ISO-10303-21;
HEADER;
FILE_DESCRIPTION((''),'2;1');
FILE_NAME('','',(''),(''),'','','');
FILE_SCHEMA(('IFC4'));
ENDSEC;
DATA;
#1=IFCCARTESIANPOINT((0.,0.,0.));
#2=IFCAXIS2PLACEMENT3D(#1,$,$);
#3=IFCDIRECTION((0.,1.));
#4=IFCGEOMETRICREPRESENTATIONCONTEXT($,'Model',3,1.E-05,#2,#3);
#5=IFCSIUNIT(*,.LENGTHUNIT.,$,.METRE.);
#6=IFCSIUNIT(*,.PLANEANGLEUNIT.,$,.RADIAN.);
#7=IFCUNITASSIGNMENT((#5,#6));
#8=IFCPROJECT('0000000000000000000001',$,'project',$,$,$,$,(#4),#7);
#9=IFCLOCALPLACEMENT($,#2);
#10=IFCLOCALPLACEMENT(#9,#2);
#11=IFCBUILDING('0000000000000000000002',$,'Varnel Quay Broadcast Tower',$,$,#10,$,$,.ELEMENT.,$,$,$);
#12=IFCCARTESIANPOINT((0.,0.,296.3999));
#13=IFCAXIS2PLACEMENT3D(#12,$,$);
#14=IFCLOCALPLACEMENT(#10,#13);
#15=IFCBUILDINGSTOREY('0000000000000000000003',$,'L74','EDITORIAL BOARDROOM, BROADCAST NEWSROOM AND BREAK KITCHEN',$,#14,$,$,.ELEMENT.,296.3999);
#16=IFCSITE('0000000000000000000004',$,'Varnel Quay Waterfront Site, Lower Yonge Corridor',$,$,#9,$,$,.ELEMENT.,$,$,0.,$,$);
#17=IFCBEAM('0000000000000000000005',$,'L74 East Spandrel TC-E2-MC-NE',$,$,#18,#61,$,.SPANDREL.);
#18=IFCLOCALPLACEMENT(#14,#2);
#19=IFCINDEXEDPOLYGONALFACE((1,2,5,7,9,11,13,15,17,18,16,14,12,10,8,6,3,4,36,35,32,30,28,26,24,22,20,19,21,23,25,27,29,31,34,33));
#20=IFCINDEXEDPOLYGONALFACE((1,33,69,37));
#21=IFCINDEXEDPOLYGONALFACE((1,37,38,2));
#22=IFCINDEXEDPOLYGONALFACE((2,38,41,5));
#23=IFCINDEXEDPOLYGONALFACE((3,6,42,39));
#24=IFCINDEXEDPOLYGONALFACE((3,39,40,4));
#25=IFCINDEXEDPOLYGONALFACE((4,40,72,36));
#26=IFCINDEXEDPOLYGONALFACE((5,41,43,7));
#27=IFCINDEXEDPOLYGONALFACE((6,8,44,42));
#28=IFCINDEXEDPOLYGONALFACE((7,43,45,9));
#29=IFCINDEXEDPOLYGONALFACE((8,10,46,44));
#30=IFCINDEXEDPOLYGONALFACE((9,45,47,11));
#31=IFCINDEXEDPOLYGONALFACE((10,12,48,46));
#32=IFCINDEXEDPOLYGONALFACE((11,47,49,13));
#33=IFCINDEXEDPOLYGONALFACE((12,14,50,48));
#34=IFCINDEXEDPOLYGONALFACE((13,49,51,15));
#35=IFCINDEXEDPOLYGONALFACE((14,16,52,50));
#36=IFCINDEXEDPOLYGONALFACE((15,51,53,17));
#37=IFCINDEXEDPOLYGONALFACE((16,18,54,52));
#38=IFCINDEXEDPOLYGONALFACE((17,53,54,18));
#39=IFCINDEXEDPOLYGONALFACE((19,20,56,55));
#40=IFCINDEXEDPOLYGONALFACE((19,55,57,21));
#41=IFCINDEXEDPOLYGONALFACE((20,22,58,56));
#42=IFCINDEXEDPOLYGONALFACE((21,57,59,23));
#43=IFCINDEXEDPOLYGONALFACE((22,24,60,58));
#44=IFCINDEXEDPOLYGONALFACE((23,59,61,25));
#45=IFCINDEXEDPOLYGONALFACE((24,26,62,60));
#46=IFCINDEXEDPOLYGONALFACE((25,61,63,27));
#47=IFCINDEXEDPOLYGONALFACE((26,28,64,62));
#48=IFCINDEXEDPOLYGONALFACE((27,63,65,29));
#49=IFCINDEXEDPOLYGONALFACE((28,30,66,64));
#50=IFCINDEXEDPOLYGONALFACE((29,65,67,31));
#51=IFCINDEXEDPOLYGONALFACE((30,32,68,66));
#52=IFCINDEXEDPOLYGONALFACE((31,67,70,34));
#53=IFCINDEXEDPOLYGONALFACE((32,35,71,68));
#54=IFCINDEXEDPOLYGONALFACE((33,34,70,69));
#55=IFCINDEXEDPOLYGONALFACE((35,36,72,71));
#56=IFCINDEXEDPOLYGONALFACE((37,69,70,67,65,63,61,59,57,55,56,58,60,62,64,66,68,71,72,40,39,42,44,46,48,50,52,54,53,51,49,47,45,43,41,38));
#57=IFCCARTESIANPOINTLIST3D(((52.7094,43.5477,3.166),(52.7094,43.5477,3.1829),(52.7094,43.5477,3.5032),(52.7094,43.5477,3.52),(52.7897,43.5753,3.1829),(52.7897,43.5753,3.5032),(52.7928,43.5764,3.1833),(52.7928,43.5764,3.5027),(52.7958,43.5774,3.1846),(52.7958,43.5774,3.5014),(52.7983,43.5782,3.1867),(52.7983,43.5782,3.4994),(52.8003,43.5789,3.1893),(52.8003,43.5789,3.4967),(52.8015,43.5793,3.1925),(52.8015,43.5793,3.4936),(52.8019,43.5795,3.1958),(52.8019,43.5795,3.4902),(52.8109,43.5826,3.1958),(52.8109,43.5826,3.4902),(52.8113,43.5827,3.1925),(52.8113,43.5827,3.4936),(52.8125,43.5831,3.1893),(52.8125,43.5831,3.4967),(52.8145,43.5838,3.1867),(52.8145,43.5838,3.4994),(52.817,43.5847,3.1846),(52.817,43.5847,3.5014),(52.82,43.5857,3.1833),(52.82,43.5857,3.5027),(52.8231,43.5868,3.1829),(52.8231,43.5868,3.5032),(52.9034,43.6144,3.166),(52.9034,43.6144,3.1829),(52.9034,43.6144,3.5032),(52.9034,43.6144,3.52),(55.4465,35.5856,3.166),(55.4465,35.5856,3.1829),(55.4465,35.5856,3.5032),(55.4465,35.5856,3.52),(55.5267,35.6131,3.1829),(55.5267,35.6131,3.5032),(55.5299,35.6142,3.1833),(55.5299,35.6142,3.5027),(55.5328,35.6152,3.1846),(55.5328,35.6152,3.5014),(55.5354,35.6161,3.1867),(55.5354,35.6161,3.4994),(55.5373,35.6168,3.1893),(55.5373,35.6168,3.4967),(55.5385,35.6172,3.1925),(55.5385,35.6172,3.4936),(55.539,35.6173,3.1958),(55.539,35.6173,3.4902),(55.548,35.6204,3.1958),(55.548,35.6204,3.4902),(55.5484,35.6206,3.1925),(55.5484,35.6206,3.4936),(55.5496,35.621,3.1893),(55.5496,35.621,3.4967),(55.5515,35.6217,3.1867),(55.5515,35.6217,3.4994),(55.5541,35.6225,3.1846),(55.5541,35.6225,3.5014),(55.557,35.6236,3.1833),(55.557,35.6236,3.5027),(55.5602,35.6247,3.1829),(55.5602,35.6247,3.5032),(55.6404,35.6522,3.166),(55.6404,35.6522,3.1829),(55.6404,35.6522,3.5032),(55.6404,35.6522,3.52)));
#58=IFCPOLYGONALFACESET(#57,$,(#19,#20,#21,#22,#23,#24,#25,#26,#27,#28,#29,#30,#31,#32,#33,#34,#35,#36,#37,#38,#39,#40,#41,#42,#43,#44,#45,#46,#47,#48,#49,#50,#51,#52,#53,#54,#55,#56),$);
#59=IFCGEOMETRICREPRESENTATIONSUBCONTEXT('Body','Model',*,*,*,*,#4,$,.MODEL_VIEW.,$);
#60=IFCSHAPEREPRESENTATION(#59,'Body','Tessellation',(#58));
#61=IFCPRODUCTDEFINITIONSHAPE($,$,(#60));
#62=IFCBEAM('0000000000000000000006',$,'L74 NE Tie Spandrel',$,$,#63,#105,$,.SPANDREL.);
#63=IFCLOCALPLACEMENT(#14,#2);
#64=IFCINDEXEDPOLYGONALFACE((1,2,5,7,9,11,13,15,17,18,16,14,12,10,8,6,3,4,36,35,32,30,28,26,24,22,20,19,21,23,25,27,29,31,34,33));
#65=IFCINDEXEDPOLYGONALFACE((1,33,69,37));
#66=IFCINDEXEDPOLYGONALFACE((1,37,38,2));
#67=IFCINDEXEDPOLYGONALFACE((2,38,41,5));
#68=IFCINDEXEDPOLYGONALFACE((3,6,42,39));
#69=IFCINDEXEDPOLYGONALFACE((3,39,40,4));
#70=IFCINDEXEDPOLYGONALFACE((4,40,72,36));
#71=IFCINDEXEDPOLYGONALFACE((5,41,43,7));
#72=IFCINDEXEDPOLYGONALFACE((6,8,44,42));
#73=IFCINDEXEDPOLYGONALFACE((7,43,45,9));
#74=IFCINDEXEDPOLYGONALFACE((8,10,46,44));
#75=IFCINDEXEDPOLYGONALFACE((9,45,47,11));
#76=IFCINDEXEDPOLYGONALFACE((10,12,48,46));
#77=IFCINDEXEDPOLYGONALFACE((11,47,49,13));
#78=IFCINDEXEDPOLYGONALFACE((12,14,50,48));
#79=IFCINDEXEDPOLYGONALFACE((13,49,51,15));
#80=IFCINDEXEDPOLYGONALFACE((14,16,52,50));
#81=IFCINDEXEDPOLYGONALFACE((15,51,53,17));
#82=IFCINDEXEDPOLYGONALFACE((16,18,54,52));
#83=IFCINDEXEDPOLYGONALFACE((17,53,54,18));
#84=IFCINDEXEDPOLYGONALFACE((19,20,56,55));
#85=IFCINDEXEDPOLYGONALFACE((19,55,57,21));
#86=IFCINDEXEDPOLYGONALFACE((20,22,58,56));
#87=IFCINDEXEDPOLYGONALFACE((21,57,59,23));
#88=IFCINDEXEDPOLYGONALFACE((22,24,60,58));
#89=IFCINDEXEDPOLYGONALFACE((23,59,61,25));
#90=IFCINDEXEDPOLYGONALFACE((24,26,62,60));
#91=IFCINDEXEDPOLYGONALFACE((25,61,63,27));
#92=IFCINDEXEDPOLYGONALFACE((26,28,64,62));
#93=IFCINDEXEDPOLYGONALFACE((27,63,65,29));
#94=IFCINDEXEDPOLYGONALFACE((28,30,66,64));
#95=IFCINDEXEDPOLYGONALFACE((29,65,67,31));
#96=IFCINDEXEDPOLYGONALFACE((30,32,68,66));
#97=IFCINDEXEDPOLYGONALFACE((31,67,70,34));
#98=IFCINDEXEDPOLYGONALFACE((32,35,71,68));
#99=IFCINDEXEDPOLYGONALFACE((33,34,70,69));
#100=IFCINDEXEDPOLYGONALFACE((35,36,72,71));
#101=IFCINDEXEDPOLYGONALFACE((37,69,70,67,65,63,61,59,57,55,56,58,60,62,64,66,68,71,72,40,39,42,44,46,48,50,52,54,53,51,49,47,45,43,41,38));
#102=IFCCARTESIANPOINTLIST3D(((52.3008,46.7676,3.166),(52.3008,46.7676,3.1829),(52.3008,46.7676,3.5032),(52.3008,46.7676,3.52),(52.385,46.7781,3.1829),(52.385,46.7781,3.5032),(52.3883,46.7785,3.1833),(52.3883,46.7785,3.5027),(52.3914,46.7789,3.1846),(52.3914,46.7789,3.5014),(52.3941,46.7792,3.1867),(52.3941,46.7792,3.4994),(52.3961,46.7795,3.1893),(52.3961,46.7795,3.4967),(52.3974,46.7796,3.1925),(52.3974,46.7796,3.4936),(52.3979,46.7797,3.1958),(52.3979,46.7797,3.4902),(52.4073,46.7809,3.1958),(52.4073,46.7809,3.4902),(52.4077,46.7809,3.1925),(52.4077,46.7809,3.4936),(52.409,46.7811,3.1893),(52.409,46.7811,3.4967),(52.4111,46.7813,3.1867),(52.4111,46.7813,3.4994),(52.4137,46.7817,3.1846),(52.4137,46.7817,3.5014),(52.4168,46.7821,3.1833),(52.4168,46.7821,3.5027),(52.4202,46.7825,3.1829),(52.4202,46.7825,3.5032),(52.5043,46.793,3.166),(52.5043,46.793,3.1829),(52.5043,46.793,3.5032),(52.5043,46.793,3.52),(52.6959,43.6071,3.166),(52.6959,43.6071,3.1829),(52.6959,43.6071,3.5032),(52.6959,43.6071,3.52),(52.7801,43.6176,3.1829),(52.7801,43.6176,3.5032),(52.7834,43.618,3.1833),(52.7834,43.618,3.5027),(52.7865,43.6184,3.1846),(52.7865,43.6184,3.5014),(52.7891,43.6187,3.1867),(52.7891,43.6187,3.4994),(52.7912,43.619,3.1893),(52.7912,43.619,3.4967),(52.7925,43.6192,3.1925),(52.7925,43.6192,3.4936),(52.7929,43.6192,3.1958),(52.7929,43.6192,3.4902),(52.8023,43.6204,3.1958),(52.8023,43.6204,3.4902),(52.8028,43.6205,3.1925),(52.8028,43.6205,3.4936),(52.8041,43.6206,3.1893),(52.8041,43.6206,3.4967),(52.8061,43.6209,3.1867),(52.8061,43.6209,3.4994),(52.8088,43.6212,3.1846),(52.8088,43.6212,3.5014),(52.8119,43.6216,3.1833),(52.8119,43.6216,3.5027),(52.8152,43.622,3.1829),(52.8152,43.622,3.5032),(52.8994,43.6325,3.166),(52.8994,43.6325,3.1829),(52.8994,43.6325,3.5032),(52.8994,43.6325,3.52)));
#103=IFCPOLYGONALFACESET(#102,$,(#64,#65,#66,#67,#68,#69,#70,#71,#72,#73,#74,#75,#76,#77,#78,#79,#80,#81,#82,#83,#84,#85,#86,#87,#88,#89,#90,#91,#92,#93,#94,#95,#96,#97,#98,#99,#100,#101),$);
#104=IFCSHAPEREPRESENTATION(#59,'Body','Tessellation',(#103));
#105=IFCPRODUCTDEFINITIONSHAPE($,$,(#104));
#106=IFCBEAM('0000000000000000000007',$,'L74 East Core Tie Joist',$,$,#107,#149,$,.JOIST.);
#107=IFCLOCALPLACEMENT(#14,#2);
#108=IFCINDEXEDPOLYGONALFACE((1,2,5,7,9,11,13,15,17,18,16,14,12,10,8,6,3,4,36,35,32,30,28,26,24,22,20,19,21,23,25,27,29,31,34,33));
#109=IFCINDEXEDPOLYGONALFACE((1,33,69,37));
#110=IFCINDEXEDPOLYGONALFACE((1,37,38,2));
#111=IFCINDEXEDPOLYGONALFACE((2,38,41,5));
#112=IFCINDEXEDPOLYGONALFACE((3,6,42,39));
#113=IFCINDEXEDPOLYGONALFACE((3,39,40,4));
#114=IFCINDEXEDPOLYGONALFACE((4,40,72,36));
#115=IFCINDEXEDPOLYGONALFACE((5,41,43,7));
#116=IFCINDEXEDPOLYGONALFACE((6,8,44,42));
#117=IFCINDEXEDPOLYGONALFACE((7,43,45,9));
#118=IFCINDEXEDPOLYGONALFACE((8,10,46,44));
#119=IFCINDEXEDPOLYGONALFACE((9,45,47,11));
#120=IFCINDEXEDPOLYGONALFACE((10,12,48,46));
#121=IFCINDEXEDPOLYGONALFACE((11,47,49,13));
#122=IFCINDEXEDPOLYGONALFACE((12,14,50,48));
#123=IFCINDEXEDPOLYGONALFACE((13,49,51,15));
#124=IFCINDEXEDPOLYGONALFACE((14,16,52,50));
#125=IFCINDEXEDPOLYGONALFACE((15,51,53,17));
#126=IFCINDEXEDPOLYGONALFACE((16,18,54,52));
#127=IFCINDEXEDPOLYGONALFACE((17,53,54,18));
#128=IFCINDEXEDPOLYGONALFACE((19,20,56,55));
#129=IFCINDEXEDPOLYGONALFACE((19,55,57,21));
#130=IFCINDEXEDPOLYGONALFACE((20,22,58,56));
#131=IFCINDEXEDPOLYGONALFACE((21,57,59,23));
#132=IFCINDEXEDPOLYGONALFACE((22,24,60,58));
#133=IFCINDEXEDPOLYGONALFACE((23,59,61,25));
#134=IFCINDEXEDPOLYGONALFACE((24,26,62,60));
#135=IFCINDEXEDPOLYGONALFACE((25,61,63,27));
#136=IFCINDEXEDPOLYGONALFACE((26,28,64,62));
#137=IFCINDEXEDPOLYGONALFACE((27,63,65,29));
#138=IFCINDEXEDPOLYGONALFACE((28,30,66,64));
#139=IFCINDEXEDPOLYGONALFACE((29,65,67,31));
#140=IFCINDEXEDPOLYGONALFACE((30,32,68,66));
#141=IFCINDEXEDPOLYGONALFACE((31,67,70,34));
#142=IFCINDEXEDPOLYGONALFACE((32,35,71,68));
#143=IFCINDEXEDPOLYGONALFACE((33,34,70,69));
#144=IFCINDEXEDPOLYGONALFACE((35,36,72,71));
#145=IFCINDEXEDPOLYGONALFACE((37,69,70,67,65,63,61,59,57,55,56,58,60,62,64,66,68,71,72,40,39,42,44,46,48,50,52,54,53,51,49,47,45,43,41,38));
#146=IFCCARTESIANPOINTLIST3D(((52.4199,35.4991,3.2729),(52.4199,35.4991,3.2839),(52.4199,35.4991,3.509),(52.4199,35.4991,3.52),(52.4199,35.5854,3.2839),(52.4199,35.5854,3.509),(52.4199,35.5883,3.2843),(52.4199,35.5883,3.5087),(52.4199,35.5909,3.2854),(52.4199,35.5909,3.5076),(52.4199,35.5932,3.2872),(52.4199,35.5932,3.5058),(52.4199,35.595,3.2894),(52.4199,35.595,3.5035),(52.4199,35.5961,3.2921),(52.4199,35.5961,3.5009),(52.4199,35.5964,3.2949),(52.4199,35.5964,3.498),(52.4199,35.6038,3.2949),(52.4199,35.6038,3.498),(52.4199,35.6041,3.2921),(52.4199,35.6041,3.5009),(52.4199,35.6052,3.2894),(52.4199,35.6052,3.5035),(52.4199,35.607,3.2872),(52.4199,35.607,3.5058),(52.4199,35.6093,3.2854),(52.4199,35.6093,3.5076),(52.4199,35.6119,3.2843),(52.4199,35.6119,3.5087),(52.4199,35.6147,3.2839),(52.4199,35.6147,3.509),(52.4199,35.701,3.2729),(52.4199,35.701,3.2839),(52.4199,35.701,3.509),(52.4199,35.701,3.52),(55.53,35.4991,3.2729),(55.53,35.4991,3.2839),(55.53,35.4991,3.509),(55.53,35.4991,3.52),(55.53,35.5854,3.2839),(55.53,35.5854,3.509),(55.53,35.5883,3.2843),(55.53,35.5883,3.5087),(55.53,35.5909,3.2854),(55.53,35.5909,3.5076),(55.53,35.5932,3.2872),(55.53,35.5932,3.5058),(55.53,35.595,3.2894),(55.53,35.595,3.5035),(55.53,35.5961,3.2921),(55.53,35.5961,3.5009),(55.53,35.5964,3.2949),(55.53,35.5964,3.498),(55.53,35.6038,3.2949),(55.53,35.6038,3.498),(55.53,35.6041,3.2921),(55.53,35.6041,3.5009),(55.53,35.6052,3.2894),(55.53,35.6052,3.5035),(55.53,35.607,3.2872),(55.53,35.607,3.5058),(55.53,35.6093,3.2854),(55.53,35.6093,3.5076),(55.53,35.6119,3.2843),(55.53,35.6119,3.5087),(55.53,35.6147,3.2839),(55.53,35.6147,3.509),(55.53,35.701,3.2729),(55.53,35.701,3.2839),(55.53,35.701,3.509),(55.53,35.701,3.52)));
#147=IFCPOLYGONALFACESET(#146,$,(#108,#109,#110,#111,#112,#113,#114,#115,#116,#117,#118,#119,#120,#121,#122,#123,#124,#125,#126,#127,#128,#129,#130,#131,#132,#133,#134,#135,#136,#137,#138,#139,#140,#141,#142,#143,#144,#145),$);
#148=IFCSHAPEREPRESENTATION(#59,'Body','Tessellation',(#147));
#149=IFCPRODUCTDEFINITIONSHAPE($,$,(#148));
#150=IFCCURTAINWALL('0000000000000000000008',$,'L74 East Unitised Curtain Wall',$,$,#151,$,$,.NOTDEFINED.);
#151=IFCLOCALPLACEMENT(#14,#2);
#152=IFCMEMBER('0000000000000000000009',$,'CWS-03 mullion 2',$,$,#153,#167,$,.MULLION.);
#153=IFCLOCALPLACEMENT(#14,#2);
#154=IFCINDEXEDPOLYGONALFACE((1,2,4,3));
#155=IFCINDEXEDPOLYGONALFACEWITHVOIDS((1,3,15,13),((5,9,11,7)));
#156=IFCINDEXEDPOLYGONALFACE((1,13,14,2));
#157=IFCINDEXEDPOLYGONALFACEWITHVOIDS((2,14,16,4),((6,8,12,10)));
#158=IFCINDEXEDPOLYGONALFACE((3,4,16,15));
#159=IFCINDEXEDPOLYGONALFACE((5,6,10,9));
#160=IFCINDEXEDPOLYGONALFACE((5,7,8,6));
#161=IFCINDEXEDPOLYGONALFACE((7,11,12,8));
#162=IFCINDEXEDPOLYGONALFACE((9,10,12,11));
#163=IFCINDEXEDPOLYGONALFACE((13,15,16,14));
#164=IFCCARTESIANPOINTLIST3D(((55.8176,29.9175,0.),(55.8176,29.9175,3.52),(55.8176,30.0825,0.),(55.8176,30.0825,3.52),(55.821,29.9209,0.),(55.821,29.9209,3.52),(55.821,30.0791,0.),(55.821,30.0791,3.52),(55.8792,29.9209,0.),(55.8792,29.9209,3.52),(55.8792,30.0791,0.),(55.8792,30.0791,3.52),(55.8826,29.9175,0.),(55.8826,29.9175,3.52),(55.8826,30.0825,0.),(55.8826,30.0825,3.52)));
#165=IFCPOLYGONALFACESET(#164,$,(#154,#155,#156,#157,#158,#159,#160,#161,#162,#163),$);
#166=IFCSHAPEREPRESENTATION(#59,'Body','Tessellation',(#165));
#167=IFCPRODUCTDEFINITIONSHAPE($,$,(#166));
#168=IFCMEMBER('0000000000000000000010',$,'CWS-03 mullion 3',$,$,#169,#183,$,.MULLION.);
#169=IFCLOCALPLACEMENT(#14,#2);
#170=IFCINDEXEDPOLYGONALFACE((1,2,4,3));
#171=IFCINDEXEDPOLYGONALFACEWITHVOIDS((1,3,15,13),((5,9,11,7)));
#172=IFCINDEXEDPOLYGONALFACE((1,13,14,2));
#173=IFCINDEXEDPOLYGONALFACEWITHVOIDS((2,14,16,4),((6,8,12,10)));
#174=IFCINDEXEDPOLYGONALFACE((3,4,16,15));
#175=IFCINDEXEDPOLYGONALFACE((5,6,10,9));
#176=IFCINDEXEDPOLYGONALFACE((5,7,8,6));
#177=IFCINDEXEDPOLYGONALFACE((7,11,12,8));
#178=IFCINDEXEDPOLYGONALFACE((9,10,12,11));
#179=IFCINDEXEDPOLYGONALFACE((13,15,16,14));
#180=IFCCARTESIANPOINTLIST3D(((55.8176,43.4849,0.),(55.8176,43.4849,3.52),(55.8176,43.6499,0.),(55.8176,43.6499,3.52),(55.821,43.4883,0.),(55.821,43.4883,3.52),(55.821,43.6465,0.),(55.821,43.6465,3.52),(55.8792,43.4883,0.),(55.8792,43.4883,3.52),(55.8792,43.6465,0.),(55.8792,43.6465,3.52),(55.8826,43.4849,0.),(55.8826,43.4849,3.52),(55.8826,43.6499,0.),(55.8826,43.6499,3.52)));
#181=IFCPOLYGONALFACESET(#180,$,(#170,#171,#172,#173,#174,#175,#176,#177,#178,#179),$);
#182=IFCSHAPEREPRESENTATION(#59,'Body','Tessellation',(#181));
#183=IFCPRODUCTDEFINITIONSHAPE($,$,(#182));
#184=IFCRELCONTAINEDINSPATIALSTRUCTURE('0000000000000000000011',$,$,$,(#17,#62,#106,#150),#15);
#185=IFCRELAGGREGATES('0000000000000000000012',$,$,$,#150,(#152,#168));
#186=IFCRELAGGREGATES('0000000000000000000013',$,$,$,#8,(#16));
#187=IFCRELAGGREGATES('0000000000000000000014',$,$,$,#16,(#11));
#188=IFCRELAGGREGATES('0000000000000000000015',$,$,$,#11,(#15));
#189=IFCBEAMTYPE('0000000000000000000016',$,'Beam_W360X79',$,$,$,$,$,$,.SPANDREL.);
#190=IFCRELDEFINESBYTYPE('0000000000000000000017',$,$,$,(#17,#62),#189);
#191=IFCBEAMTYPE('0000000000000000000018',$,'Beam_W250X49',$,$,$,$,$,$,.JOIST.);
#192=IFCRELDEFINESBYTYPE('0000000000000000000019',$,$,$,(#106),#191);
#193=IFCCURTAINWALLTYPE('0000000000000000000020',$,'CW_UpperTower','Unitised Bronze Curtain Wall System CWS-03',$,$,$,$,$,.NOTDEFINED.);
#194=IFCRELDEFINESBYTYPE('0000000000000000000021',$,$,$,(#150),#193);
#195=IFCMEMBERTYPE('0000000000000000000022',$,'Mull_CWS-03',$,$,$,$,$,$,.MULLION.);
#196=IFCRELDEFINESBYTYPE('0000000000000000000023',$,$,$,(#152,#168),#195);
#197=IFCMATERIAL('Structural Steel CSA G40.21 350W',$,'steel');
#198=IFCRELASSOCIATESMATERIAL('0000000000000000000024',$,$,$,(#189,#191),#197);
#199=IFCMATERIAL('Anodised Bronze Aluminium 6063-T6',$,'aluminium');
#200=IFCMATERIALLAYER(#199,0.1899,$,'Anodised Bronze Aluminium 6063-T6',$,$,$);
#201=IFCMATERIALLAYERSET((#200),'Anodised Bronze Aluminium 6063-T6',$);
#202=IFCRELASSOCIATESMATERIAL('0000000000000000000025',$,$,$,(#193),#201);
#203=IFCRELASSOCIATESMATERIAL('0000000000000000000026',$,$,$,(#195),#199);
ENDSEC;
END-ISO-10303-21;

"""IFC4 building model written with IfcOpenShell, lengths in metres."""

from ifc_helpers import new_model, si_unit, direction, frame, origin, origin_2d, place, context, subcontext, project, spatial, hollow_rectangle, i_section, extrude, source, transform, mapped, material, layer, layer_set, material_profile, profile_set, type_object, type_shapes, element, aggregate, save


model = new_model("IFC4")

# Units and contexts
model_context = context("Model", 3, precision=1e-05, world=origin(), true_north=direction((0.0, 1.0)))
body_context = subcontext(model_context, "Body", "Model", "MODEL_VIEW")
ifc_project = project(units=[si_unit("LENGTHUNIT", "METRE"), si_unit("PLANEANGLEUNIT", "RADIAN")], contexts=[model_context])

# Site, building, storey
site_placement = place(None, origin())
site = spatial("IfcSite", under=ifc_project, at=site_placement, Name="Varnel Quay Waterfront Site, Lower Yonge Corridor", CompositionType="ELEMENT", RefElevation=0.0)
building_placement = place(site_placement, origin())
building = spatial("IfcBuilding", under=site, at=building_placement, Name="Varnel Quay Broadcast Tower", CompositionType="ELEMENT")
storey_placement = place(building_placement, frame((0.0, 0.0, 296.3999)))
storey = spatial("IfcBuildingStorey", under=building, at=storey_placement, Name="L74", Description="EDITORIAL BOARDROOM, BROADCAST NEWSROOM AND BREAK KITCHEN", CompositionType="ELEMENT", Elevation=296.3999)

# Shared definitions
ifc_material_1 = material(Name="Structural Steel CSA G40.21 350W", Category="steel")

# Beams
ifc_material_profile_1 = material_profile(ifc_material_1, i_section(OverallWidth=0.2051, OverallDepth=0.354, WebThickness=0.0095, FlangeThickness=0.0168, FilletRadius=0.0129, at=origin_2d()), Name="W360X79")
ifc_profile_set_1 = profile_set([ifc_material_profile_1], Name="Structural Steel CSA G40.21 350W")
beam_type_1 = type_object("IfcBeamType", Name="Beam_W360X79", PredefinedType="SPANDREL", material=ifc_profile_set_1)
shared_shape_1 = source(origin(), body_context, "Body", "SweptSolid", [
    extrude(i_section(OverallWidth=0.2051, OverallDepth=0.354, WebThickness=0.0095, FlangeThickness=0.0168, FilletRadius=0.0129, at=origin_2d()), origin(), (0.0, 0.0, 1.0), 8.4194),
])
beam_1_placement = place(storey_placement, frame((55.5435, 35.6189, 3.343), z_axis=(-0.325087, 0.945684, 0.0), x_axis=(-0.945684, -0.325087, 0.0)))
element("IfcBeam", 1, at=beam_1_placement, inside=storey, type_object=beam_type_1, Name="L74 East Spandrel TC-E2-MC-NE", PredefinedType="SPANDREL", context=body_context, shape_type="MappedRepresentation", body=[
    mapped(shared_shape_1, transform((0.0, 0.0, 0.0), x_axis=(1.0, 0.0, 0.0), y_axis=(0.0, 1.0, 0.0), z_axis=(0.0, 0.0, 1.0), scale=1.0)),
])
shared_shape_2 = source(origin(), body_context, "Body", "SweptSolid", [
    extrude(i_section(OverallWidth=0.2051, OverallDepth=0.354, WebThickness=0.0095, FlangeThickness=0.0168, FilletRadius=0.0129, at=origin_2d()), origin(), (0.0, 0.0, 1.0), 3.1851),
])
type_shapes(beam_type_1, [shared_shape_1, shared_shape_2])
beam_2_placement = place(storey_placement, frame((52.4026, 46.7803, 3.343), z_axis=(0.124025, -0.992279, 0.0), x_axis=(0.992279, 0.124025, 0.0)))
element("IfcBeam", 2, at=beam_2_placement, inside=storey, type_object=beam_type_1, Name="L74 NE Tie Spandrel", PredefinedType="SPANDREL", context=body_context, shape_type="MappedRepresentation", body=[
    mapped(shared_shape_2, transform((0.0, 0.0, 0.0), x_axis=(1.0, 0.0, 0.0), y_axis=(0.0, 1.0, 0.0), z_axis=(0.0, 0.0, 1.0), scale=1.0)),
])
ifc_material_profile_2 = material_profile(ifc_material_1, i_section(OverallWidth=0.2019, OverallDepth=0.2471, WebThickness=0.0073, FlangeThickness=0.011, FilletRadius=0.011, at=origin_2d()), Name="W250X49")
ifc_profile_set_2 = profile_set([ifc_material_profile_2], Name="Structural Steel CSA G40.21 350W")
beam_type_2 = type_object("IfcBeamType", Name="Beam_W250X49", PredefinedType="JOIST", material=ifc_profile_set_2)
shared_shape_3 = source(origin(), body_context, "Body", "SweptSolid", [
    extrude(i_section(OverallWidth=0.2019, OverallDepth=0.2471, WebThickness=0.0073, FlangeThickness=0.011, FilletRadius=0.011, at=origin_2d()), origin(), (0.0, 0.0, 1.0), 3.1101),
])
type_shapes(beam_type_2, [shared_shape_3])
beam_3_placement = place(storey_placement, frame((52.4199, 35.6001, 3.3965), z_axis=(1.0, 0.0, 0.0), x_axis=(0.0, 1.0, 0.0)))
element("IfcBeam", 3, at=beam_3_placement, inside=storey, type_object=beam_type_2, Name="L74 East Core Tie Joist", PredefinedType="JOIST", context=body_context, shape_type="MappedRepresentation", body=[
    mapped(shared_shape_3, transform((0.0, 0.0, 0.0), x_axis=(1.0, 0.0, 0.0), y_axis=(0.0, 1.0, 0.0), z_axis=(0.0, 0.0, 1.0), scale=1.0)),
])

# Curtain wall, members
ifc_material_2 = material(Name="Anodised Bronze Aluminium 6063-T6", Category="aluminium")
ifc_layer_1 = layer(ifc_material_2, 0.1899, Name="Anodised Bronze Aluminium 6063-T6")
ifc_layer_set_1 = layer_set([ifc_layer_1], Name="Anodised Bronze Aluminium 6063-T6")
curtain_wall_type = type_object("IfcCurtainWallType", Name="CW_UpperTower", Description="Unitised Bronze Curtain Wall System CWS-03", PredefinedType="NOTDEFINED", material=ifc_layer_set_1)
curtain_wall_placement = place(storey_placement, origin())
curtain_wall = element("IfcCurtainWall", 4, at=curtain_wall_placement, inside=storey, type_object=curtain_wall_type, Name="L74 East Unitised Curtain Wall", PredefinedType="NOTDEFINED")
ifc_material_profile_3 = material_profile(ifc_material_2, hollow_rectangle(XDim=0.0649, YDim=0.165, WallThickness=0.0034, at=origin_2d()), Name="ALU65X165X3.5")
ifc_profile_set_3 = profile_set([ifc_material_profile_3], Name="Anodised Bronze Aluminium 6063-T6")
member_type_1 = type_object("IfcMemberType", Name="Mull_CWS-03", PredefinedType="MULLION", material=ifc_profile_set_3)
shared_shape_4 = source(origin(), body_context, "Body", "SweptSolid", [
    extrude(hollow_rectangle(XDim=0.0649, YDim=0.165, WallThickness=0.0034, at=origin_2d()), origin(), (0.0, 0.0, 1.0), 3.52),
])
type_shapes(member_type_1, [shared_shape_4])
member_1_placement = place(storey_placement, frame((55.8501, 30.0, 0.0), z_axis=(0.0, 0.0, 1.0), x_axis=(-1.0, 0.0, 0.0)))
member_1 = element("IfcMember", 5, at=member_1_placement, type_object=member_type_1, Name="CWS-03 mullion 2", PredefinedType="MULLION", context=body_context, shape_type="MappedRepresentation", body=[
    mapped(shared_shape_4, transform((0.0, 0.0, 0.0), x_axis=(1.0, 0.0, 0.0), y_axis=(0.0, 1.0, 0.0), z_axis=(0.0, 0.0, 1.0), scale=1.0)),
])
member_2_placement = place(storey_placement, frame((55.8501, 43.5674, 0.0), z_axis=(0.0, 0.0, 1.0), x_axis=(-1.0, 0.0, 0.0)))
member_2 = element("IfcMember", 6, at=member_2_placement, type_object=member_type_1, Name="CWS-03 mullion 3", PredefinedType="MULLION", context=body_context, shape_type="MappedRepresentation", body=[
    mapped(shared_shape_4, transform((0.0, 0.0, 0.0), x_axis=(1.0, 0.0, 0.0), y_axis=(0.0, 1.0, 0.0), z_axis=(0.0, 0.0, 1.0), scale=1.0)),
])
aggregate(curtain_wall, [member_1, member_2])

save(model, "model.ifc")
